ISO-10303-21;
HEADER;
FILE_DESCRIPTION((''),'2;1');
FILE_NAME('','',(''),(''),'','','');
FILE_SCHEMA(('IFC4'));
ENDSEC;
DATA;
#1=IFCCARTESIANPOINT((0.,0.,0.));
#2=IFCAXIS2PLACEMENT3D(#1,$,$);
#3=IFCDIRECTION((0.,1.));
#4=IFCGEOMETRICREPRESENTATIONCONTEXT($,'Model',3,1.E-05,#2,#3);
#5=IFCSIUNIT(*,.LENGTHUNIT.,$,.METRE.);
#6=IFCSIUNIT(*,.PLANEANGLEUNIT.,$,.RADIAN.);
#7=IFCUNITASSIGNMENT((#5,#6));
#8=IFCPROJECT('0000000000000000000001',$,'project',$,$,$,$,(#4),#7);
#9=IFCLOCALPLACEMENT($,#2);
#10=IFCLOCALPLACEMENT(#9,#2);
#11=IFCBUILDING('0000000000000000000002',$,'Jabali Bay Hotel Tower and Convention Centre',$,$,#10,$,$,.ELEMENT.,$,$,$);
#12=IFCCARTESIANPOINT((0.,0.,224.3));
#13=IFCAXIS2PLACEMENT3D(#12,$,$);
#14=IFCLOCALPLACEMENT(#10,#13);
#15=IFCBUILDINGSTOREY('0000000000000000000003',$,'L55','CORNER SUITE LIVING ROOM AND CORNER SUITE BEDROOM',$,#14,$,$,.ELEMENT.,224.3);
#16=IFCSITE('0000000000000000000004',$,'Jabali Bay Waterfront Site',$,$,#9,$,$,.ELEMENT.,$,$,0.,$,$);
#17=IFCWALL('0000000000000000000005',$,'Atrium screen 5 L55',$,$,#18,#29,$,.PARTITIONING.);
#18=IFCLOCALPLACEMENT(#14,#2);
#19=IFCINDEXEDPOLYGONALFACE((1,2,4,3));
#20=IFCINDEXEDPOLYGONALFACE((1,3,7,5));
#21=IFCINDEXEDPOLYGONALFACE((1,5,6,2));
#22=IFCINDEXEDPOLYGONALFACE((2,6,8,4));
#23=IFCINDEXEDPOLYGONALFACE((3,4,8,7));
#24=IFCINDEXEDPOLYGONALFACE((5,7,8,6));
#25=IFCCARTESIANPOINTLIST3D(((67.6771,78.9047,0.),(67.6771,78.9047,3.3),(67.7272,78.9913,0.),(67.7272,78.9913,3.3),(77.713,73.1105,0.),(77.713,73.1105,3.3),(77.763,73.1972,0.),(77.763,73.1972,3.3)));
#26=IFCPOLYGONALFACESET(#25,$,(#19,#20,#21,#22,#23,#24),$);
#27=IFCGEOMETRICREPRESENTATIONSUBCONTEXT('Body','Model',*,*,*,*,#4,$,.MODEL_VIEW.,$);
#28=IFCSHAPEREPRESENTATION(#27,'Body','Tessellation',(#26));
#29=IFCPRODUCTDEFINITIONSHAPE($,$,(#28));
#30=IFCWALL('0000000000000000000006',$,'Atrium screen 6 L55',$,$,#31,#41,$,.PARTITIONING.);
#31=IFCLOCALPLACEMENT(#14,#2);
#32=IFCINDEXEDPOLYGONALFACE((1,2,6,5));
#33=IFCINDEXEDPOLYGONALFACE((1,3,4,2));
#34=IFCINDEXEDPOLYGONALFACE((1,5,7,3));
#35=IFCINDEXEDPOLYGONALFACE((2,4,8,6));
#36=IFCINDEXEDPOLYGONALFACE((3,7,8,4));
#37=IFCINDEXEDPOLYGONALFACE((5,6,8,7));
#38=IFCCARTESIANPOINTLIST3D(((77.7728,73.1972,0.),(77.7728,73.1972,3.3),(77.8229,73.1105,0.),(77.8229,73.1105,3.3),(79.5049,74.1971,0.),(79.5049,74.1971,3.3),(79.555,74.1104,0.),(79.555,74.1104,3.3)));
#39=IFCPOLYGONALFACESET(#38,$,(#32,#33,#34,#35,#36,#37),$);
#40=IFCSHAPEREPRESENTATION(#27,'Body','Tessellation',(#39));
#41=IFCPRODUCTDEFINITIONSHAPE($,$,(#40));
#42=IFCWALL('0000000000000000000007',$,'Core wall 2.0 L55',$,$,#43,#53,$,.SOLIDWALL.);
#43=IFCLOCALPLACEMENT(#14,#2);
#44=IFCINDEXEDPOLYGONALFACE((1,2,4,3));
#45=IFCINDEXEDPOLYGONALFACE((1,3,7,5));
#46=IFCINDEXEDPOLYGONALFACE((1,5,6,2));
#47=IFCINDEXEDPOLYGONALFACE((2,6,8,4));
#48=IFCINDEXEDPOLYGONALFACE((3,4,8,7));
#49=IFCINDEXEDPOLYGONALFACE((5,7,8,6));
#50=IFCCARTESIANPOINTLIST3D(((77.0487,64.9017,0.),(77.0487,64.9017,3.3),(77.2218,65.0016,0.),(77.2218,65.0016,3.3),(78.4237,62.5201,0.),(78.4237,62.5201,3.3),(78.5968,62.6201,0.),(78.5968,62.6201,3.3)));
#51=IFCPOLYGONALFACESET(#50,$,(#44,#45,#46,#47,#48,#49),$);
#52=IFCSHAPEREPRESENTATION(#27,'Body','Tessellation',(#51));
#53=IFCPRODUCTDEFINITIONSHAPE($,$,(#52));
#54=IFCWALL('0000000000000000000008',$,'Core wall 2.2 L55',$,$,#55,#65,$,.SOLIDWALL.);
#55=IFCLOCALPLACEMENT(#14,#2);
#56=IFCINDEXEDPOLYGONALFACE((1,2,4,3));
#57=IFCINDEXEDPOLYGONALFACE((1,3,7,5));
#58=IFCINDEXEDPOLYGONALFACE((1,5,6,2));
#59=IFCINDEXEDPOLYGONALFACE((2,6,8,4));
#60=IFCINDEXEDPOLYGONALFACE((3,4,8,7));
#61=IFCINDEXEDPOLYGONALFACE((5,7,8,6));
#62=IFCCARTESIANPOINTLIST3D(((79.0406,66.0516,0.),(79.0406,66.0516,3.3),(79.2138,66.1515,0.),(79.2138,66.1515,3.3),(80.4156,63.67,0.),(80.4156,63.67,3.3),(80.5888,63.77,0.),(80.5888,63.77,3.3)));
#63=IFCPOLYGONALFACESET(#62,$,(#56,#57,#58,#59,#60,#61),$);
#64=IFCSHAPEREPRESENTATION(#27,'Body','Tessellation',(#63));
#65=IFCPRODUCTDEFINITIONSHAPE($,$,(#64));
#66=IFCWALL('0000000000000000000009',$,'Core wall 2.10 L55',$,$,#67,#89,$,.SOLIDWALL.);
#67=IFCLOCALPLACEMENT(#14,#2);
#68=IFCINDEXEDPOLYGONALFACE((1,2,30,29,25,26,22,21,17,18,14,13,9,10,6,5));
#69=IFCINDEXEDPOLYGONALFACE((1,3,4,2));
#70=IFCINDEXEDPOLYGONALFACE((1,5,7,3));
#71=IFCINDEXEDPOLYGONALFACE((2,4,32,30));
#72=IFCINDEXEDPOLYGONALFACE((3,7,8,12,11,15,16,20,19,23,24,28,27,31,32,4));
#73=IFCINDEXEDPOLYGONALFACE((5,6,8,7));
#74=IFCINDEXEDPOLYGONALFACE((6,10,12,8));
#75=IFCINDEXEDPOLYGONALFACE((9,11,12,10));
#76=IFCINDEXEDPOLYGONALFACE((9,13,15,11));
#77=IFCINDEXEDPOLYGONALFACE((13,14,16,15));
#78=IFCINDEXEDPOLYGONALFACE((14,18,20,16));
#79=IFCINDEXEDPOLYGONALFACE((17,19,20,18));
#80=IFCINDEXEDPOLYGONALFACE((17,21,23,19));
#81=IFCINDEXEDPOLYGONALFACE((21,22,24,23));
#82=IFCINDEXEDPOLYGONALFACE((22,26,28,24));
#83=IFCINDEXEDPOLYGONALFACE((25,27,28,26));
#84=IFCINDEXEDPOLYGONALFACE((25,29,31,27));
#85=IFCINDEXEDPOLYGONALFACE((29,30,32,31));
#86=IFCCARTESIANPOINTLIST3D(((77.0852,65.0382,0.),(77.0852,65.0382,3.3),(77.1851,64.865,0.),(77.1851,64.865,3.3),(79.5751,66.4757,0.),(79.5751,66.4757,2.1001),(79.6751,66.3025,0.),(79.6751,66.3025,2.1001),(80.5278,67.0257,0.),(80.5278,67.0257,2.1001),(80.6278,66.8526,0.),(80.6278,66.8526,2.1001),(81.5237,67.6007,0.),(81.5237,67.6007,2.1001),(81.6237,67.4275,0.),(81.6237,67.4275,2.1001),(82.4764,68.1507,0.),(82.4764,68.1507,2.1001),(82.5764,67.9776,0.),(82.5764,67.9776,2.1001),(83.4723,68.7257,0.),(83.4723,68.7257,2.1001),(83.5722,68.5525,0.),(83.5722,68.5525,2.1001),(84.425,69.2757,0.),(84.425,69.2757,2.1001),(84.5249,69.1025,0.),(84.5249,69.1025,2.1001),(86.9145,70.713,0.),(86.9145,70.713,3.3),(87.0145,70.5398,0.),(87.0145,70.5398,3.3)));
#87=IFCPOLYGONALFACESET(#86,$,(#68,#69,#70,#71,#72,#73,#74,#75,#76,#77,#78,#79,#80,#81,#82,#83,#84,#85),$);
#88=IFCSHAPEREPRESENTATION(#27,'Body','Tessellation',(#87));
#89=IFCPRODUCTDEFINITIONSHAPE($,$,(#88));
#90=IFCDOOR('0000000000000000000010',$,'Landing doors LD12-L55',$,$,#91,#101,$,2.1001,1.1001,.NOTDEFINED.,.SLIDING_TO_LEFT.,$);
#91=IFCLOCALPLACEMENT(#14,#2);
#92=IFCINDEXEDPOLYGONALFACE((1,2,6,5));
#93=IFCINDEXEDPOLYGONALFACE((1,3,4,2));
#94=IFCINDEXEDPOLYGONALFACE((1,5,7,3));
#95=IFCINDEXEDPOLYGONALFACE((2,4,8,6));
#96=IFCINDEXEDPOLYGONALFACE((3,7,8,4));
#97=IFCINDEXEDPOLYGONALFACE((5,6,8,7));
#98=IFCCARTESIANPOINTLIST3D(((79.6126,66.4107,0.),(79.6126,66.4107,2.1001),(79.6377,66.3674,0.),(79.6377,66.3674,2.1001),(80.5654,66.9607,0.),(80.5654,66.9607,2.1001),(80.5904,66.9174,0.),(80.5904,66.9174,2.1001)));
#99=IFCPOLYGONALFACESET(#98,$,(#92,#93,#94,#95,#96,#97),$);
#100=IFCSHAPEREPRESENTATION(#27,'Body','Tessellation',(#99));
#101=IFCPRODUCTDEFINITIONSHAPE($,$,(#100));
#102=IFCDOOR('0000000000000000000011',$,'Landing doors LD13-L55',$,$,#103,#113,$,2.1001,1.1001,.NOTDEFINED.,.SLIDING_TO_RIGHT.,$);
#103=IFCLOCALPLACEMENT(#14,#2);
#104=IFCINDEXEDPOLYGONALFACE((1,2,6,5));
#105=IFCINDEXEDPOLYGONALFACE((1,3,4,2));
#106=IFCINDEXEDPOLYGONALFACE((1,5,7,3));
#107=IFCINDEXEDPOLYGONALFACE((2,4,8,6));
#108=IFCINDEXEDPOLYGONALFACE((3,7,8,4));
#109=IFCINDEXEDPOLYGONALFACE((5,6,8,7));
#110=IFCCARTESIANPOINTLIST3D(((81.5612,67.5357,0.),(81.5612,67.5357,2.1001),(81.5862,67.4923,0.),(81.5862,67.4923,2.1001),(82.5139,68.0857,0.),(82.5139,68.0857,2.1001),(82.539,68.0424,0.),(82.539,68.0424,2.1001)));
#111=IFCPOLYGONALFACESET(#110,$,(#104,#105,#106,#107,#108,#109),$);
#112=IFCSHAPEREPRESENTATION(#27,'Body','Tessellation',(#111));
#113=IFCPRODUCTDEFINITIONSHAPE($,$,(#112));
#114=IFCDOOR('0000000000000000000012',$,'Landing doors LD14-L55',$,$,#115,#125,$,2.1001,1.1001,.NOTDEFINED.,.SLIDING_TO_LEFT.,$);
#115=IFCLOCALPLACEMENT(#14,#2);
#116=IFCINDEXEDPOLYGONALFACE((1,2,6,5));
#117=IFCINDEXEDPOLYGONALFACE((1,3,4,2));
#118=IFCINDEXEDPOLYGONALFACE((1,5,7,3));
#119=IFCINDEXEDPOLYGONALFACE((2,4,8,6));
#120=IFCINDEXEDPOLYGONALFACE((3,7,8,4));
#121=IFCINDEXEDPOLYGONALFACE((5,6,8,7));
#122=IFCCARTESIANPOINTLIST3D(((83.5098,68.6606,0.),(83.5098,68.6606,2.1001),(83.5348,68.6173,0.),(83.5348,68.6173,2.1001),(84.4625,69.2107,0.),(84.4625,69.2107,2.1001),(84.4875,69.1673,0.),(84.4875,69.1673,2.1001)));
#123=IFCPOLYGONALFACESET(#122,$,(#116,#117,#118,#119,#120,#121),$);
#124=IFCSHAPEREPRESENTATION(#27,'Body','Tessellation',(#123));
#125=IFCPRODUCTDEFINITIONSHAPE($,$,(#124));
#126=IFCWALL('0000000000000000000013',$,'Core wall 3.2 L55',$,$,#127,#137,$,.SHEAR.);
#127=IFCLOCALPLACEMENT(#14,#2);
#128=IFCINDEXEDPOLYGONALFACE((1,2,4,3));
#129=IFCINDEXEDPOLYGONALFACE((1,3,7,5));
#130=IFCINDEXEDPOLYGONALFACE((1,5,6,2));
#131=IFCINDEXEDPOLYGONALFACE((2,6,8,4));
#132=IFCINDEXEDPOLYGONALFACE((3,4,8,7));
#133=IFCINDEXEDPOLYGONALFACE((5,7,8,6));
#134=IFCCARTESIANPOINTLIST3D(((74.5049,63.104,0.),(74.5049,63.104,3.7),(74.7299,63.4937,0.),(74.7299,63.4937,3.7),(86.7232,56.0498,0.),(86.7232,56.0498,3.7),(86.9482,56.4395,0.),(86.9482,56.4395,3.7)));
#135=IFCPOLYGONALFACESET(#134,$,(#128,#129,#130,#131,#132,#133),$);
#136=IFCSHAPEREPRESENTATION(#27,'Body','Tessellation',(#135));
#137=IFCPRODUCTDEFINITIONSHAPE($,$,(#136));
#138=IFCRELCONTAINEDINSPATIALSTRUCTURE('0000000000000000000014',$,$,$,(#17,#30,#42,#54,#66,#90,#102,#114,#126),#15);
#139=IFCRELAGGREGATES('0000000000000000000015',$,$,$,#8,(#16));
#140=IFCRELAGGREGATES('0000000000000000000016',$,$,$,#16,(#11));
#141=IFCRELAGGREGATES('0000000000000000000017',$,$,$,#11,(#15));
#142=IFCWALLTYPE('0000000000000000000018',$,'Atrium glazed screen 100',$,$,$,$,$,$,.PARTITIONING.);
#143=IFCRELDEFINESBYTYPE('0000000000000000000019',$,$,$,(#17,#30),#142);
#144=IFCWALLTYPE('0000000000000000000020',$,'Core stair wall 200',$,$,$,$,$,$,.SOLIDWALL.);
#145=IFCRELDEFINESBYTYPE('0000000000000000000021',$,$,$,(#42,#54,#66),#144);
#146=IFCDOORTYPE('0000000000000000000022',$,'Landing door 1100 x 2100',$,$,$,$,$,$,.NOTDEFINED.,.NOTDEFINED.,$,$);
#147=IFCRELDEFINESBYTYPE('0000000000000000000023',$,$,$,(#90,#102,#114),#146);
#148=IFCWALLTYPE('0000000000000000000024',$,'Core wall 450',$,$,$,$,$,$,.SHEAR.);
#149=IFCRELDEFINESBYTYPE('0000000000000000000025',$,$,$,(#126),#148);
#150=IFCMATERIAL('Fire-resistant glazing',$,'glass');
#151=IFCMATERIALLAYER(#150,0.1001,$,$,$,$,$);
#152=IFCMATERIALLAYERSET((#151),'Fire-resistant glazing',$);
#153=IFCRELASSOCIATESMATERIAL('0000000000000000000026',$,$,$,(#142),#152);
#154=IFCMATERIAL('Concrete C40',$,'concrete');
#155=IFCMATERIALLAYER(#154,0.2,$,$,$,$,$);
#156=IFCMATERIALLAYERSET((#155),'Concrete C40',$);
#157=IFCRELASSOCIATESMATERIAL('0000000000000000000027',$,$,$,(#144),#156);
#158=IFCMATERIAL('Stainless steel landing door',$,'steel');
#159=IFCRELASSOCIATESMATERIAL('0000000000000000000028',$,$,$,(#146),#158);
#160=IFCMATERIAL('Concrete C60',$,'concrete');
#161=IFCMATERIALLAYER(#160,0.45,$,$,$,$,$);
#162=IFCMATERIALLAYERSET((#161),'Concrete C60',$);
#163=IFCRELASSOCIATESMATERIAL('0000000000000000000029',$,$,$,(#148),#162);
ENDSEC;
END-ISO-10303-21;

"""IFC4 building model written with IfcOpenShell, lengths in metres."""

from ifc_helpers import new_model, si_unit, direction, frame, frame_2d, origin, place, context, subcontext, project, spatial, rectangle, extrude, material, layer, layer_set, type_object, element, fill, save


model = new_model("IFC4")

# Units and contexts
model_context = context("Model", 3, precision=1e-05, world=origin(), true_north=direction((0.0, 1.0)))
body_context = subcontext(model_context, "Body", "Model", "MODEL_VIEW")
ifc_project = project(units=[si_unit("LENGTHUNIT", "METRE"), si_unit("PLANEANGLEUNIT", "RADIAN")], contexts=[model_context])

# Site, building, storey
site_placement = place(None, origin())
site = spatial("IfcSite", under=ifc_project, at=site_placement, Name="Jabali Bay Waterfront Site", CompositionType="ELEMENT", RefElevation=0.0)
building_placement = place(site_placement, origin())
building = spatial("IfcBuilding", under=site, at=building_placement, Name="Jabali Bay Hotel Tower and Convention Centre", CompositionType="ELEMENT")
storey_placement = place(building_placement, frame((0.0, 0.0, 224.3)))
storey = spatial("IfcBuildingStorey", under=building, at=storey_placement, Name="L55", Description="CORNER SUITE LIVING ROOM AND CORNER SUITE BEDROOM", CompositionType="ELEMENT", Elevation=224.3)

# Walls
ifc_material_1 = material(Name="Fire-resistant glazing", Category="glass")
ifc_layer_1 = layer(ifc_material_1, 0.1001)
ifc_layer_set_1 = layer_set([ifc_layer_1], Name="Fire-resistant glazing")
wall_type_1 = type_object("IfcWallType", Name="Atrium glazed screen 100", PredefinedType="PARTITIONING", material=ifc_layer_set_1)
wall_1_placement = place(storey_placement, frame((67.7021, 78.948, 0.0), z_axis=(0.0, 0.0, 1.0), x_axis=(0.866027, -0.499998, 0.0)))
element("IfcWall", 1, at=wall_1_placement, inside=storey, type_object=wall_type_1, Name="Atrium screen 5 L55", PredefinedType="PARTITIONING", context=body_context, shape_type="SweptSolid", body=[
    extrude(rectangle(XDim=11.5884, YDim=0.1001, at=frame_2d((5.7942, 0.0))), origin(), (0.0, 0.0, 1.0), 3.3),
])
wall_2_placement = place(storey_placement, frame((77.7979, 73.1538, 0.0), z_axis=(0.0, 0.0, 1.0), x_axis=(0.866041, 0.499973, 0.0)))
element("IfcWall", 2, at=wall_2_placement, inside=storey, type_object=wall_type_1, Name="Atrium screen 6 L55", PredefinedType="PARTITIONING", context=body_context, shape_type="SweptSolid", body=[
    extrude(rectangle(XDim=2.0, YDim=0.1001, at=frame_2d((1.0, 0.0))), origin(), (0.0, 0.0, 1.0), 3.3),
])
ifc_material_2 = material(Name="Concrete C40", Category="concrete")
ifc_layer_2 = layer(ifc_material_2, 0.2)
ifc_layer_set_2 = layer_set([ifc_layer_2], Name="Concrete C40")
wall_type_2 = type_object("IfcWallType", Name="Core stair wall 200", PredefinedType="SOLIDWALL", material=ifc_layer_set_2)
for number, where, z_axis, x_axis, name in (
    (3, (77.1353, 64.9517, 0.0), (0.0, 0.0, 1.0), (0.499997, -0.866027, 0.0), "Core wall 2.0 L55"),
    (4, (79.1272, 66.1016, 0.0), (0.0, 0.0, 1.0), (0.499997, -0.866027, 0.0), "Core wall 2.2 L55"),
):
    element("IfcWall", number, at=place(storey_placement, frame(where, z_axis=z_axis, x_axis=x_axis)), inside=storey, type_object=wall_type_2, Name=name, PredefinedType="SOLIDWALL", context=body_context, shape_type="SweptSolid", body=[
        extrude(rectangle(XDim=2.75, YDim=0.2, at=frame_2d((1.375, 0.0))), origin(), (0.0, 0.0, 1.0), 3.3),
    ])

# Wall, openings, doors
wall_3_placement = place(storey_placement, frame((77.1353, 64.9517, 0.0), z_axis=(0.0, 0.0, 1.0), x_axis=(0.866032, 0.499989, 0.0)))
wall_3 = element("IfcWall", 5, at=wall_3_placement, inside=storey, type_object=wall_type_2, Name="Core wall 2.10 L55", PredefinedType="SOLIDWALL", context=body_context, shape_type="SweptSolid", body=[
    extrude(rectangle(XDim=11.3499, YDim=0.2, at=frame_2d((5.6748, 0.0))), origin(), (0.0, 0.0, 1.0), 3.3),
])
opening_1_placement = place(wall_3_placement, frame((2.875, 0.0, 0.0)))
opening_1 = element("IfcOpeningElement", 6, at=opening_1_placement, cuts=wall_3, PredefinedType="OPENING", context=body_context, shape_type="SweptSolid", body=[
    extrude(rectangle(XDim=1.1001, YDim=2.1001, at=frame_2d((0.55, 1.05))), frame((0.0, 0.1104, 0.0), z_axis=(0.0, -1.0, 0.0), x_axis=(1.0, 0.0, 0.0)), (0.0, 0.0, 1.0), 0.2209),
])
opening_2_placement = place(wall_3_placement, frame((5.125, 0.0, 0.0)))
opening_2 = element("IfcOpeningElement", 7, at=opening_2_placement, cuts=wall_3, PredefinedType="OPENING", context=body_context, shape_type="SweptSolid", body=[
    extrude(rectangle(XDim=1.1001, YDim=2.1001, at=frame_2d((0.55, 1.05))), frame((0.0, 0.1104, 0.0), z_axis=(0.0, -1.0, 0.0), x_axis=(1.0, 0.0, 0.0)), (0.0, 0.0, 1.0), 0.2209),
])
opening_3_placement = place(wall_3_placement, frame((7.375, 0.0, 0.0)))
opening_3 = element("IfcOpeningElement", 8, at=opening_3_placement, cuts=wall_3, PredefinedType="OPENING", context=body_context, shape_type="SweptSolid", body=[
    extrude(rectangle(XDim=1.1001, YDim=2.1001, at=frame_2d((0.55, 1.05))), frame((0.0, 0.1104, 0.0), z_axis=(0.0, -1.0, 0.0), x_axis=(1.0, 0.0, 0.0)), (0.0, 0.0, 1.0), 0.2209),
])
ifc_material_3 = material(Name="Stainless steel landing door", Category="steel")
door_type_1 = type_object("IfcDoorType", Name="Landing door 1100 x 2100", OperationType="NOTDEFINED", PredefinedType="NOTDEFINED", material=ifc_material_3)
door_1_placement = place(opening_1_placement, origin())
door_1 = element("IfcDoor", 9, at=door_1_placement, inside=storey, type_object=door_type_1, Name="Landing doors LD12-L55", OperationType="SLIDING_TO_LEFT", OverallHeight=2.1001, OverallWidth=1.1001, PredefinedType="NOTDEFINED", context=body_context, shape_type="SweptSolid", body=[
    extrude(rectangle(XDim=1.1001, YDim=2.1001, at=frame_2d((0.55, 1.05))), frame((0.0, 0.0249, 0.0), z_axis=(0.0, -1.0, 0.0), x_axis=(1.0, 0.0, 0.0)), (0.0, 0.0, 1.0), 0.05),
])
fill(opening_1, door_1)
door_2_placement = place(opening_2_placement, origin())
door_2 = element("IfcDoor", 10, at=door_2_placement, inside=storey, type_object=door_type_1, Name="Landing doors LD13-L55", OperationType="SLIDING_TO_RIGHT", OverallHeight=2.1001, OverallWidth=1.1001, PredefinedType="NOTDEFINED", context=body_context, shape_type="SweptSolid", body=[
    extrude(rectangle(XDim=1.1001, YDim=2.1001, at=frame_2d((0.55, 1.05))), frame((0.0, 0.0249, 0.0), z_axis=(0.0, -1.0, 0.0), x_axis=(1.0, 0.0, 0.0)), (0.0, 0.0, 1.0), 0.05),
])
fill(opening_2, door_2)
door_3_placement = place(opening_3_placement, origin())
door_3 = element("IfcDoor", 11, at=door_3_placement, inside=storey, type_object=door_type_1, Name="Landing doors LD14-L55", OperationType="SLIDING_TO_LEFT", OverallHeight=2.1001, OverallWidth=1.1001, PredefinedType="NOTDEFINED", context=body_context, shape_type="SweptSolid", body=[
    extrude(rectangle(XDim=1.1001, YDim=2.1001, at=frame_2d((0.55, 1.05))), frame((0.0, 0.0249, 0.0), z_axis=(0.0, -1.0, 0.0), x_axis=(1.0, 0.0, 0.0)), (0.0, 0.0, 1.0), 0.05),
])
fill(opening_3, door_3)

# Wall
ifc_material_4 = material(Name="Concrete C60", Category="concrete")
ifc_layer_3 = layer(ifc_material_4, 0.45)
ifc_layer_set_3 = layer_set([ifc_layer_3], Name="Concrete C60")
wall_type_3 = type_object("IfcWallType", Name="Core wall 450", PredefinedType="SHEAR", material=ifc_layer_set_3)
wall_4_placement = place(storey_placement, frame((74.6174, 63.2988, 0.0), z_axis=(0.0, 0.0, 1.0), x_axis=(0.866026, -0.499999, 0.0)))
element("IfcWall", 12, at=wall_4_placement, inside=storey, type_object=wall_type_3, Name="Core wall 3.2 L55", PredefinedType="SHEAR", context=body_context, shape_type="SweptSolid", body=[
    extrude(rectangle(XDim=14.1084, YDim=0.45, at=frame_2d((7.0542, 0.0))), origin(), (0.0, 0.0, 1.0), 3.7),
])

save(model, "model.ifc")
